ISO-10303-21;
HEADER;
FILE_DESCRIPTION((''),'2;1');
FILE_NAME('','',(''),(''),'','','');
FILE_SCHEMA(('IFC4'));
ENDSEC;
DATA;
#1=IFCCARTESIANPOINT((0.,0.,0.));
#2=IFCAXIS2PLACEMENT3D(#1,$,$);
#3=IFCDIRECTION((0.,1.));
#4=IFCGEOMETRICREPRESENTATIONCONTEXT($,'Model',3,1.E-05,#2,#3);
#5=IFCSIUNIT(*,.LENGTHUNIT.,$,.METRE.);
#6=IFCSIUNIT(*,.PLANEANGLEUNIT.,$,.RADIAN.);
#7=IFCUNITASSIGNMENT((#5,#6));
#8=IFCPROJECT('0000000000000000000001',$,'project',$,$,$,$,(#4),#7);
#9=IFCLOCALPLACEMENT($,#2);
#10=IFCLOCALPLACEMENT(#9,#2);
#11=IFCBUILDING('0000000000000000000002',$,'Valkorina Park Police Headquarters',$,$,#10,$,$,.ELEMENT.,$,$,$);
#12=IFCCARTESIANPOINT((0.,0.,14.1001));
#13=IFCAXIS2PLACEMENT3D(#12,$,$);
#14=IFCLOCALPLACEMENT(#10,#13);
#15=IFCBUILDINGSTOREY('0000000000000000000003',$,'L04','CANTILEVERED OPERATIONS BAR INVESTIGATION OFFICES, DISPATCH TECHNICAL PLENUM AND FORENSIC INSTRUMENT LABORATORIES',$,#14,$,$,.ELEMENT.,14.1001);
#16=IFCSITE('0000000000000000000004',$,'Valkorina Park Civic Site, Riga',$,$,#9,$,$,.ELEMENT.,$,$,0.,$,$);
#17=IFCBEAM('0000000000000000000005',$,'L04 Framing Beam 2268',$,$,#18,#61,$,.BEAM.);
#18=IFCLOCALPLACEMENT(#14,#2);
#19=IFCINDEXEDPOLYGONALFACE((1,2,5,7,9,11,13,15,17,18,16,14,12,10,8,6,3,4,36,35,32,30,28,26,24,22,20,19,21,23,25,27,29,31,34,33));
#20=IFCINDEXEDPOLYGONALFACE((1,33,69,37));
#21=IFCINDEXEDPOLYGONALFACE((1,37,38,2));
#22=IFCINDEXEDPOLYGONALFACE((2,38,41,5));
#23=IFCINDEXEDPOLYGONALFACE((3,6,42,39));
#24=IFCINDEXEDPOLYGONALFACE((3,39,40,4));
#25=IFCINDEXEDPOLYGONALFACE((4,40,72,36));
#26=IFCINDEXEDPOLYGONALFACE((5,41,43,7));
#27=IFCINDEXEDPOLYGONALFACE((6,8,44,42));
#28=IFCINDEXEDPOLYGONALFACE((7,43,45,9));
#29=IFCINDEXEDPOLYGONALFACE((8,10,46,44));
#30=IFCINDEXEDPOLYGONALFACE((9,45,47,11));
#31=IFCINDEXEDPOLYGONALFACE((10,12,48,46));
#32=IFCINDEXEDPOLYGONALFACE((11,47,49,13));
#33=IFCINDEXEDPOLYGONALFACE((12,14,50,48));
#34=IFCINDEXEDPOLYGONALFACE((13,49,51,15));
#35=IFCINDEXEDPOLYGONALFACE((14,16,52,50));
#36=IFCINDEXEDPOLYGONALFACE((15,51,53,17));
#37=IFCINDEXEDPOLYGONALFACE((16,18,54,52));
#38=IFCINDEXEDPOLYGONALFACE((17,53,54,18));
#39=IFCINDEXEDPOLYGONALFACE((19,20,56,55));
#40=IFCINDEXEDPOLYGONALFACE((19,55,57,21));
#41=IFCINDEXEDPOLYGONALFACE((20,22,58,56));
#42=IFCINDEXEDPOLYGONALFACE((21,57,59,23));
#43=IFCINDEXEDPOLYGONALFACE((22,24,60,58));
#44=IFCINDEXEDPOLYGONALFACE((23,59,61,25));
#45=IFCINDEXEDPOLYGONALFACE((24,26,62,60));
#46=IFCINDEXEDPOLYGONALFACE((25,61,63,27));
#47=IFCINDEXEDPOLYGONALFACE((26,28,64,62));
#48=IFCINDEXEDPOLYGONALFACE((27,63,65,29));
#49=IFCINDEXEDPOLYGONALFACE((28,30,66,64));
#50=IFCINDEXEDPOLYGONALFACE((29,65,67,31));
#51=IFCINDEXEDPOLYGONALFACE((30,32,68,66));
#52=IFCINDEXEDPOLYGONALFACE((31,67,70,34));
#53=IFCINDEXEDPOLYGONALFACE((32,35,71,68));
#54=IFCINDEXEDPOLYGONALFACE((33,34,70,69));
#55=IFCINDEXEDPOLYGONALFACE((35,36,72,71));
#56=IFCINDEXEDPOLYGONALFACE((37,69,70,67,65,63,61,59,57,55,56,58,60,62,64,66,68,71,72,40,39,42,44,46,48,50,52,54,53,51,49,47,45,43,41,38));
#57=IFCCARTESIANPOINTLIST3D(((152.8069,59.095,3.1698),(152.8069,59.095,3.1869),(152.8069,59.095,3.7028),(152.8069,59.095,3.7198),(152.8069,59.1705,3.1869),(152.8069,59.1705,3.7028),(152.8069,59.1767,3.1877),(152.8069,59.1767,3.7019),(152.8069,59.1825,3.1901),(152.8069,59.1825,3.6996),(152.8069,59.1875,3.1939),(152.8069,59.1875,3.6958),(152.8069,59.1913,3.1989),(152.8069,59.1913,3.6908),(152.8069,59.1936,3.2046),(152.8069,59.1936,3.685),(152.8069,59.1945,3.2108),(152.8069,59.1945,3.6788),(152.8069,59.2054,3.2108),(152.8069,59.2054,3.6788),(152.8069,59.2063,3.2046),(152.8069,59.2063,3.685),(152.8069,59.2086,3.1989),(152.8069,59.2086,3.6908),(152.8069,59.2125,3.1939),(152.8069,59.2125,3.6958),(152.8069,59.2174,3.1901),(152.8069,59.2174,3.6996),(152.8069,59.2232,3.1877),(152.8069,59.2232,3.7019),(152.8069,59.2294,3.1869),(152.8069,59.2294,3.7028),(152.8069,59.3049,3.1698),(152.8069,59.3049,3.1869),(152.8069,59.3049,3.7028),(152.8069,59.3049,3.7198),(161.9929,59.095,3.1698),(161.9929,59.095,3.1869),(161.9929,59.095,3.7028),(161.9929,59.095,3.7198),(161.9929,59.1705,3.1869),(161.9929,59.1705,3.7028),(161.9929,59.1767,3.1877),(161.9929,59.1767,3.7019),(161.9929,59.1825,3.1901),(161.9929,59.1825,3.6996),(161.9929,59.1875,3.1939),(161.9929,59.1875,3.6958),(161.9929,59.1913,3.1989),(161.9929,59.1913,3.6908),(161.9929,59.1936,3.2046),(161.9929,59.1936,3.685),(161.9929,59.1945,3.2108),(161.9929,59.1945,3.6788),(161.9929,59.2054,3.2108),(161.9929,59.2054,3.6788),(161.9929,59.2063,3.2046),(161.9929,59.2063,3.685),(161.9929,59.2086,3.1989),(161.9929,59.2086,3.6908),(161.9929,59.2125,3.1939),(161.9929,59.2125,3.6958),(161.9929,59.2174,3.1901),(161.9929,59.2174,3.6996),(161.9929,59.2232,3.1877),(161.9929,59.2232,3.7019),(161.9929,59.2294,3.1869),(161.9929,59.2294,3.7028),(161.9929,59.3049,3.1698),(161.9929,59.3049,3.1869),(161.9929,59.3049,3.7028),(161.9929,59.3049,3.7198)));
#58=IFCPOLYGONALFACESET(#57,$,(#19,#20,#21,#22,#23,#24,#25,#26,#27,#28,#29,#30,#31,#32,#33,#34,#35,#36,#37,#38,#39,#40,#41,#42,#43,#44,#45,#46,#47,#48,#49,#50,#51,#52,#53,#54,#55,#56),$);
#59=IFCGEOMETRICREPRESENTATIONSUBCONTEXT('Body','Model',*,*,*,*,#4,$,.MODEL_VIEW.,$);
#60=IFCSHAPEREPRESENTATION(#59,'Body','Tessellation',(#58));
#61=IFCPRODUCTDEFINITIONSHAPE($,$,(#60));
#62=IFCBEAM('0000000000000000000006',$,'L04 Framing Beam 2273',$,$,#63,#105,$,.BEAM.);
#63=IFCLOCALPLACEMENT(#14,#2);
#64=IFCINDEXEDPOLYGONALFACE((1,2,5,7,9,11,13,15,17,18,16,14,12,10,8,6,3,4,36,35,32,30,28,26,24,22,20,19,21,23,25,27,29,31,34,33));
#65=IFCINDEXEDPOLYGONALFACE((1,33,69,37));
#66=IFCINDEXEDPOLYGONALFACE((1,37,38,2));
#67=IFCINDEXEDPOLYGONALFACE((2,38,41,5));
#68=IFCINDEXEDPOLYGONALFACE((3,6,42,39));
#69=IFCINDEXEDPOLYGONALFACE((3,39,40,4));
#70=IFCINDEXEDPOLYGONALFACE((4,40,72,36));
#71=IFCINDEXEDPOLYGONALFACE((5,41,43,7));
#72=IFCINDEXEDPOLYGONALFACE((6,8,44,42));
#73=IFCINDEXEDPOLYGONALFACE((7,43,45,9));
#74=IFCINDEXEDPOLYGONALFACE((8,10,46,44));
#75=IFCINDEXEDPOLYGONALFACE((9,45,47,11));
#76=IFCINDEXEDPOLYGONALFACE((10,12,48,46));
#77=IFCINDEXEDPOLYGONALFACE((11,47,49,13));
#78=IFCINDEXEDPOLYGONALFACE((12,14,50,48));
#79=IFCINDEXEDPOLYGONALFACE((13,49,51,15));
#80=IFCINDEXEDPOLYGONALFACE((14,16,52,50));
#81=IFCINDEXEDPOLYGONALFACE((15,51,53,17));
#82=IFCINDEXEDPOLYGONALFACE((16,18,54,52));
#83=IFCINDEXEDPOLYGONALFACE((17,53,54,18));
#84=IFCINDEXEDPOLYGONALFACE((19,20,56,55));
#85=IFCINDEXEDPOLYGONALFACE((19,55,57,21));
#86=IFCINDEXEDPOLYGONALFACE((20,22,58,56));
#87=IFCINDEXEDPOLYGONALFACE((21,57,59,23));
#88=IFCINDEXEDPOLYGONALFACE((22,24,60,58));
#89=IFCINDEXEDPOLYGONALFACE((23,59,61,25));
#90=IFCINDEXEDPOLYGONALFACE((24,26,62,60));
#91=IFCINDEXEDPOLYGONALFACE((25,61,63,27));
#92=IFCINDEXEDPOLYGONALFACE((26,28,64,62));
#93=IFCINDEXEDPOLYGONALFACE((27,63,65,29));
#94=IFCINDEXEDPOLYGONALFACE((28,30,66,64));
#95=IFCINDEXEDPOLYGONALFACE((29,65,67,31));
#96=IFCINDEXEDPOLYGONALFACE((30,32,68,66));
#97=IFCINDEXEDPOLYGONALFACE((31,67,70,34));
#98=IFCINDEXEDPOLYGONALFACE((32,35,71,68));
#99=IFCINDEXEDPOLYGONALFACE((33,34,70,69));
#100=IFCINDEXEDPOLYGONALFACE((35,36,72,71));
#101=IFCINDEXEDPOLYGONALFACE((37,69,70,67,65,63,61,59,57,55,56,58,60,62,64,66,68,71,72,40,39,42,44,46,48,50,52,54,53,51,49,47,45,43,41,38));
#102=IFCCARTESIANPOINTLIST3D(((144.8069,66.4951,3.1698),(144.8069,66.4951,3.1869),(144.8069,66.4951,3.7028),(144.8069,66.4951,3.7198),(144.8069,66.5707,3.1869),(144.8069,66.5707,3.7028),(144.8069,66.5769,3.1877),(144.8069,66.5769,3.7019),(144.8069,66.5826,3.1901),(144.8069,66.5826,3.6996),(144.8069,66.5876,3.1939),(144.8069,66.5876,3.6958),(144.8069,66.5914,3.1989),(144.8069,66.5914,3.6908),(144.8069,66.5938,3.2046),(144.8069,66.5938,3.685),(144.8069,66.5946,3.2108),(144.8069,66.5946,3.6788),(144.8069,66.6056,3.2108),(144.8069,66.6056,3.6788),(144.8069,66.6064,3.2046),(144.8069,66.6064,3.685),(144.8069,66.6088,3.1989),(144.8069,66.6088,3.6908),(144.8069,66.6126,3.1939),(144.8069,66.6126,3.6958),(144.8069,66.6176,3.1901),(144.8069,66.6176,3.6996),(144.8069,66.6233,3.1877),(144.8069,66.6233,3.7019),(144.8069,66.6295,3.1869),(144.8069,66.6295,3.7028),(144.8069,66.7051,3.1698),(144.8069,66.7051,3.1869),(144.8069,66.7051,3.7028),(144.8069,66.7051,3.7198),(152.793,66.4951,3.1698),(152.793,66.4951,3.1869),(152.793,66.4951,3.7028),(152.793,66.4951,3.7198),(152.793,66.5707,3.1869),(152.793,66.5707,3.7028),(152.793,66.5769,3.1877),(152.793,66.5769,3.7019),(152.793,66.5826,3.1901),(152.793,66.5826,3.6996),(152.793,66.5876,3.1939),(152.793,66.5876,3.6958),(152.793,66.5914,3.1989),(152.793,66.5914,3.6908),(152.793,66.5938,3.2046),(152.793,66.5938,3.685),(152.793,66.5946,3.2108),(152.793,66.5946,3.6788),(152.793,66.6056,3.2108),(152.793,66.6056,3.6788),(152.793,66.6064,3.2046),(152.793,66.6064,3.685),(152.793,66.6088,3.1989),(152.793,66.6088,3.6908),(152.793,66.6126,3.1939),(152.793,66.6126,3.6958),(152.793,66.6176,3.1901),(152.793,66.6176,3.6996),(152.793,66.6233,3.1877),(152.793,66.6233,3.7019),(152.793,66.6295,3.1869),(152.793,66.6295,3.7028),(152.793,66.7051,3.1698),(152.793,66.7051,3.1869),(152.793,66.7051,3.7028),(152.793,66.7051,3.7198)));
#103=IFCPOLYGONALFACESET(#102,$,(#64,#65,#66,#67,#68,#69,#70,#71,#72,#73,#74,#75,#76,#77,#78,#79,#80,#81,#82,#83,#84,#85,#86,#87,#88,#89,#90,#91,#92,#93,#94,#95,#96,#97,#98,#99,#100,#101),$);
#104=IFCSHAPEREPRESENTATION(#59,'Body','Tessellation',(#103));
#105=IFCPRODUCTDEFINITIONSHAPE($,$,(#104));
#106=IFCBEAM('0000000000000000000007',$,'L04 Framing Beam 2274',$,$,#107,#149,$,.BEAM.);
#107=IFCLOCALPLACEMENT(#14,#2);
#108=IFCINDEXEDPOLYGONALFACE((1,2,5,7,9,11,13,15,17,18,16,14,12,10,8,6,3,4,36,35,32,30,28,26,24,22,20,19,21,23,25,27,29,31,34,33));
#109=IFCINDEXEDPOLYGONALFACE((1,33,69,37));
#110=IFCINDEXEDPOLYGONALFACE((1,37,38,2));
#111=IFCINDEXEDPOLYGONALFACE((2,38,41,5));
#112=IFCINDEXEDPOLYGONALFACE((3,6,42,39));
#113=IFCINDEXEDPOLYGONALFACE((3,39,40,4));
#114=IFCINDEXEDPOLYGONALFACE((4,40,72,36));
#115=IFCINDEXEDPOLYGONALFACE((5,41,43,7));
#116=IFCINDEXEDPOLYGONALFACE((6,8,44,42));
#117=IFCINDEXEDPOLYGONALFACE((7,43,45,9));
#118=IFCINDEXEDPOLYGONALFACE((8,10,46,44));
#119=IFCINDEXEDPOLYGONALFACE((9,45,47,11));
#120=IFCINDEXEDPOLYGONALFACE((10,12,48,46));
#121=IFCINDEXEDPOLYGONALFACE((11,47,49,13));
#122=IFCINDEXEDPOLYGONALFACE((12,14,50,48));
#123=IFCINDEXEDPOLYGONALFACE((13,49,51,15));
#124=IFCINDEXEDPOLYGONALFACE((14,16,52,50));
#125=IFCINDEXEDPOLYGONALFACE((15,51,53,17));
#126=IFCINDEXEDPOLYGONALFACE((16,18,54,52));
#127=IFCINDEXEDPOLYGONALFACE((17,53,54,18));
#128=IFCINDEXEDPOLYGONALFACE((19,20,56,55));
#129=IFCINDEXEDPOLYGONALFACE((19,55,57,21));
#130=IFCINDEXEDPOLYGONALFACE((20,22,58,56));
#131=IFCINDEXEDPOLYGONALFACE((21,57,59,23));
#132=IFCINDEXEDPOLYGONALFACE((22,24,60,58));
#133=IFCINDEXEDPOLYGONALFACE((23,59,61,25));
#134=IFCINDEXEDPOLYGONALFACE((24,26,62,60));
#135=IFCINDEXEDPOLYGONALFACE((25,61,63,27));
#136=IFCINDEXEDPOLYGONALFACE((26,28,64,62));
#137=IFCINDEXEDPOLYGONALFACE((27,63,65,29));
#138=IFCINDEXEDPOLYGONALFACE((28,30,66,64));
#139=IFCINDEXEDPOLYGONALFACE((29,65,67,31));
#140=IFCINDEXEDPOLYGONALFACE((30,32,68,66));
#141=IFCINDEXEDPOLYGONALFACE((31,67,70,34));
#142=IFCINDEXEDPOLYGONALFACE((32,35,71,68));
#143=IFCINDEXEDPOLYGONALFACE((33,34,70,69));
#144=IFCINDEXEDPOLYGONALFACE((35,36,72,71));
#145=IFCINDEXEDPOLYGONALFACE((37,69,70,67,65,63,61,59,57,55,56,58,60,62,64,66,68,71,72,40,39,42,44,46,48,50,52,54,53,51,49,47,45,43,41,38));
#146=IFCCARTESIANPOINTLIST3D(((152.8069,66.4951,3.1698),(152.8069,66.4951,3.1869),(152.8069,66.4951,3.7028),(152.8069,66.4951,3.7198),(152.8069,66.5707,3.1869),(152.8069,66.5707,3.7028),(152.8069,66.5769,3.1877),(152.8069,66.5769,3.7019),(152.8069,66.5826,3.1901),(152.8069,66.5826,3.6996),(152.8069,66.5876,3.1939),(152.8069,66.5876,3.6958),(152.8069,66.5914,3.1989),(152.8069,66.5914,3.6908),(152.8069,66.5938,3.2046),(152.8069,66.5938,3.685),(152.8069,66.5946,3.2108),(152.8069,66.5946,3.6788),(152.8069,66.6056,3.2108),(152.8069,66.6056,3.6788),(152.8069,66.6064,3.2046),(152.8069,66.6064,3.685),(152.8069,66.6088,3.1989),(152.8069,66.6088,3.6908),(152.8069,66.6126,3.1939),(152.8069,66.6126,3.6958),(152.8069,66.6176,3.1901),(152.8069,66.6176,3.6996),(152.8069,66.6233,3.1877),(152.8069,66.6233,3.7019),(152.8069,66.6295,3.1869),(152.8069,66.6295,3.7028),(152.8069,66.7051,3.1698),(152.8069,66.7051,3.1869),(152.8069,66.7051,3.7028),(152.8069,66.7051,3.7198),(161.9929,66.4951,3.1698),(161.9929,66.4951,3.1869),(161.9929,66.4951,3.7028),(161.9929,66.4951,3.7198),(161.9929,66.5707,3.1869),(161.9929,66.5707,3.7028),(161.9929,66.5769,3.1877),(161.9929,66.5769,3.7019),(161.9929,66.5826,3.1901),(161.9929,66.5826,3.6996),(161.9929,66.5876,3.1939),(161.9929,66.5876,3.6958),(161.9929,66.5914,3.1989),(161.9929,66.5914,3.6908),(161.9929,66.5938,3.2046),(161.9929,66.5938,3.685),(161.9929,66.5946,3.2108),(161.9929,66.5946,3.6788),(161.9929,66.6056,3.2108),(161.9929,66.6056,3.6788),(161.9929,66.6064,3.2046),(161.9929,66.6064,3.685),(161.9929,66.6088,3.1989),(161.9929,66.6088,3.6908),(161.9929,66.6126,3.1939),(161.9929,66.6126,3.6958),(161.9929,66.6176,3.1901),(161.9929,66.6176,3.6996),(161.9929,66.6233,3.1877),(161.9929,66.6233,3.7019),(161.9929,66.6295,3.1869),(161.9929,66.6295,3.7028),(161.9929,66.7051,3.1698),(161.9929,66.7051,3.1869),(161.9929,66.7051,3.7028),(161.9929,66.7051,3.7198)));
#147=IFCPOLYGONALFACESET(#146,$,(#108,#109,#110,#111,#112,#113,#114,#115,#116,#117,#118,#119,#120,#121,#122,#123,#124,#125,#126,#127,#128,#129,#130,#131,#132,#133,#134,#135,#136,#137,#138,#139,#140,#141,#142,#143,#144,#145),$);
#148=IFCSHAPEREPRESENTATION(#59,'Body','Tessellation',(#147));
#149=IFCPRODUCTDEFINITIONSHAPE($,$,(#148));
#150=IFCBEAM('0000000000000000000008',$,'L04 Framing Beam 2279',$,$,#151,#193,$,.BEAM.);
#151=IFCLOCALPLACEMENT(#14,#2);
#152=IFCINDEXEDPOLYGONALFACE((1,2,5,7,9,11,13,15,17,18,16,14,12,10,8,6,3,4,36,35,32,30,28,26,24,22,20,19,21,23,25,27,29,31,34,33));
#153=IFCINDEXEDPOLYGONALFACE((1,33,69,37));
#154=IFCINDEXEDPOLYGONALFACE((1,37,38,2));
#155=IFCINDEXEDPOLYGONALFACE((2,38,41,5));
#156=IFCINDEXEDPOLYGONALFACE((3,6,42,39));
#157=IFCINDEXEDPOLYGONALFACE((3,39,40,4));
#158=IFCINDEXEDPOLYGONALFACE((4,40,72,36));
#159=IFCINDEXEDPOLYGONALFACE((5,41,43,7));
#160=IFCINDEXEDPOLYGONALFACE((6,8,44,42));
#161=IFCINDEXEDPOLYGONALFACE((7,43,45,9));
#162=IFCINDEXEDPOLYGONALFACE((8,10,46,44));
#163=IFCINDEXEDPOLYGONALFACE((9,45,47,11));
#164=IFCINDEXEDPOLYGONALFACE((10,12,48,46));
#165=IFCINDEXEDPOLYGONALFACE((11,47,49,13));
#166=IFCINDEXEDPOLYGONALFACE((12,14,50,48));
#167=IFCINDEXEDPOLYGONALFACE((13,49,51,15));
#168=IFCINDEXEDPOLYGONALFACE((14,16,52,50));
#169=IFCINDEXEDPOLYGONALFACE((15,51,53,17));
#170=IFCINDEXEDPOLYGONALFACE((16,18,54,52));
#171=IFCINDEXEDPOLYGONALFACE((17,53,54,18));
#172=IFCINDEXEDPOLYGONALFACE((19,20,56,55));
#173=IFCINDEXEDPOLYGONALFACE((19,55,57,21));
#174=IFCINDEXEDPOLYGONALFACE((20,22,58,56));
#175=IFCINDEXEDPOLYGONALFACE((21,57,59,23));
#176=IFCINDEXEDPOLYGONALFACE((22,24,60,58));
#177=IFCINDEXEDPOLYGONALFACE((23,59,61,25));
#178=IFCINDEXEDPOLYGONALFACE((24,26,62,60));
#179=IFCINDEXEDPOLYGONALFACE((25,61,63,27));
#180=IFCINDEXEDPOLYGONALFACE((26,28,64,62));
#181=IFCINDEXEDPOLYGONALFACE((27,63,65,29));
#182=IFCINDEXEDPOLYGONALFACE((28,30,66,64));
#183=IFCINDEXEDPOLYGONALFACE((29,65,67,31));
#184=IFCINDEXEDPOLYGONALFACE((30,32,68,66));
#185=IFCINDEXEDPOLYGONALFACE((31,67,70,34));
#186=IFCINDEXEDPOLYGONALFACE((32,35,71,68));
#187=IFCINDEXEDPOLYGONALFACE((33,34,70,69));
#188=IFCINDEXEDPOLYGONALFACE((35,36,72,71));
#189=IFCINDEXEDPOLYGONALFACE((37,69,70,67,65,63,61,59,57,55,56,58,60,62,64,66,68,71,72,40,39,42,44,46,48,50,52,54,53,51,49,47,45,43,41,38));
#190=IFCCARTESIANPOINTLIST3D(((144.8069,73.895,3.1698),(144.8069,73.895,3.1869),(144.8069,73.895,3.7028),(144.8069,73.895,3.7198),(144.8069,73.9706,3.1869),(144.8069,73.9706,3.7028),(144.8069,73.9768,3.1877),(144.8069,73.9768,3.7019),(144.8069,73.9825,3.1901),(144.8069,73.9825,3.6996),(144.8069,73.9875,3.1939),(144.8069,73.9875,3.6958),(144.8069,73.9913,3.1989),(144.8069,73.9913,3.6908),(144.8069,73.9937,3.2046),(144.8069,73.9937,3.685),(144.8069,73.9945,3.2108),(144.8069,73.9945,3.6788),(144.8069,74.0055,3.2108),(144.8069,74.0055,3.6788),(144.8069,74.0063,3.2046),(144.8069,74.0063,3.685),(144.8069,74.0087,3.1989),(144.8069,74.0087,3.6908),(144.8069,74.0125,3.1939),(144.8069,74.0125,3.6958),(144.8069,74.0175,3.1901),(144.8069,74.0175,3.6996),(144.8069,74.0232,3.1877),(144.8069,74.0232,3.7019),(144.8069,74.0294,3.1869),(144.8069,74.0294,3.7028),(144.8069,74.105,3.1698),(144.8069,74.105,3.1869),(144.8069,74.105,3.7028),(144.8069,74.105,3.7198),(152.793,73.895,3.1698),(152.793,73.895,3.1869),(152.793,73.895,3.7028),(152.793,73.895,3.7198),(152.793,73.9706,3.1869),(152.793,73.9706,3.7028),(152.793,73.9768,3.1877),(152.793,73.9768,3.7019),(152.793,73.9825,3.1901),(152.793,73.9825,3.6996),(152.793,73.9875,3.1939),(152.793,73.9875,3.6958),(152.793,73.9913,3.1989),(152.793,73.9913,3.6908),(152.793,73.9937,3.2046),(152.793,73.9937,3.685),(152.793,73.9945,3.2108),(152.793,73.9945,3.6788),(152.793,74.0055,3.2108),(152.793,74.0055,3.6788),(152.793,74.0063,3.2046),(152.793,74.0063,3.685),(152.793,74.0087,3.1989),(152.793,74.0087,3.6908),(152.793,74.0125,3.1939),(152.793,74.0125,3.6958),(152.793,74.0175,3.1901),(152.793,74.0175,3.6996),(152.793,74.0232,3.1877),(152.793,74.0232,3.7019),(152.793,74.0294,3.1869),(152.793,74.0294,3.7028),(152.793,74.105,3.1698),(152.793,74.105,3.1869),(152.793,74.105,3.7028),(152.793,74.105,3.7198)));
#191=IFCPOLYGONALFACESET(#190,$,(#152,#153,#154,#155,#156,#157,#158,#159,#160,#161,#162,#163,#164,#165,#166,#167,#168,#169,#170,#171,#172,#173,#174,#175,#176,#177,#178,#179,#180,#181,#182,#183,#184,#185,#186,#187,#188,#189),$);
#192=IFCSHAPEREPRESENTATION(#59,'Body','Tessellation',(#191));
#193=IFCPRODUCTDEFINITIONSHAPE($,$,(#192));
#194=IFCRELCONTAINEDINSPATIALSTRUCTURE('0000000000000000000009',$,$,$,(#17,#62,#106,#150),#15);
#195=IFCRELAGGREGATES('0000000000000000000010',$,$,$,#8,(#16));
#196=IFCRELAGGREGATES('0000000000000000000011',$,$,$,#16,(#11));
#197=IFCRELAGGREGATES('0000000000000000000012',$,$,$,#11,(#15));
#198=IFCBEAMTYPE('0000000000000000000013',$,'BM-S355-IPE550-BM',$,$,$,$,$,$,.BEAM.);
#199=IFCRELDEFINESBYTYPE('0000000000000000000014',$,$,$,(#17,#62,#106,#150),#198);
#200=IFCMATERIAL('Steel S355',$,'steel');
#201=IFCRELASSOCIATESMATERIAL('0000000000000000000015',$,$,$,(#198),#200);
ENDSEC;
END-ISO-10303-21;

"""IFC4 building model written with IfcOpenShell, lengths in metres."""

from ifc_helpers import new_model, si_unit, direction, frame, origin, origin_2d, place, context, subcontext, project, spatial, i_section, extrude, material, material_profile, profile_set, type_object, element, save


model = new_model("IFC4")

# Units and contexts
model_context = context("Model", 3, precision=1e-05, world=origin(), true_north=direction((0.0, 1.0)))
body_context = subcontext(model_context, "Body", "Model", "MODEL_VIEW")
ifc_project = project(units=[si_unit("LENGTHUNIT", "METRE"), si_unit("PLANEANGLEUNIT", "RADIAN")], contexts=[model_context])

# Site, building, storey
site_placement = place(None, origin())
site = spatial("IfcSite", under=ifc_project, at=site_placement, Name="Valkorina Park Civic Site, Riga", CompositionType="ELEMENT", RefElevation=0.0)
building_placement = place(site_placement, origin())
building = spatial("IfcBuilding", under=site, at=building_placement, Name="Valkorina Park Police Headquarters", CompositionType="ELEMENT")
storey_placement = place(building_placement, frame((0.0, 0.0, 14.1001)))
storey = spatial("IfcBuildingStorey", under=building, at=storey_placement, Name="L04", Description="CANTILEVERED OPERATIONS BAR INVESTIGATION OFFICES, DISPATCH TECHNICAL PLENUM AND FORENSIC INSTRUMENT LABORATORIES", CompositionType="ELEMENT", Elevation=14.1001)

# Shared definitions
ifc_material = material(Name="Steel S355", Category="steel")

# Beams
ifc_material_profile_1 = material_profile(ifc_material, i_section(OverallWidth=0.21, OverallDepth=0.55, WebThickness=0.011, FlangeThickness=0.0171, FilletRadius=0.0239, at=origin_2d()), Name="IPE 550")
ifc_profile_set_1 = profile_set([ifc_material_profile_1], Name="Steel S355")
beam_type_1 = type_object("IfcBeamType", Name="BM-S355-IPE550-BM", PredefinedType="BEAM", material=ifc_profile_set_1)
beam_1_placement = place(storey_placement, frame((152.8069, 59.2, 3.4448), z_axis=(1.0, 0.0, 0.0), x_axis=(0.0, 1.0, 0.0)))
element("IfcBeam", 1, at=beam_1_placement, inside=storey, type_object=beam_type_1, Name="L04 Framing Beam 2268", PredefinedType="BEAM", context=body_context, shape_type="SweptSolid", body=[
    extrude(i_section(OverallWidth=0.21, OverallDepth=0.55, WebThickness=0.011, FlangeThickness=0.0171, FilletRadius=0.0239, at=origin_2d()), origin(), (0.0, 0.0, 1.0), 9.186),
])
beam_2_placement = place(storey_placement, frame((144.8069, 66.6001, 3.4448), z_axis=(1.0, 0.0, 0.0), x_axis=(0.0, 1.0, 0.0)))
element("IfcBeam", 2, at=beam_2_placement, inside=storey, type_object=beam_type_1, Name="L04 Framing Beam 2273", PredefinedType="BEAM", context=body_context, shape_type="SweptSolid", body=[
    extrude(i_section(OverallWidth=0.21, OverallDepth=0.55, WebThickness=0.011, FlangeThickness=0.0171, FilletRadius=0.0239, at=origin_2d()), origin(), (0.0, 0.0, 1.0), 7.9861),
])
beam_3_placement = place(storey_placement, frame((152.8069, 66.6001, 3.4448), z_axis=(1.0, 0.0, 0.0), x_axis=(0.0, 1.0, 0.0)))
element("IfcBeam", 3, at=beam_3_placement, inside=storey, type_object=beam_type_1, Name="L04 Framing Beam 2274", PredefinedType="BEAM", context=body_context, shape_type="SweptSolid", body=[
    extrude(i_section(OverallWidth=0.21, OverallDepth=0.55, WebThickness=0.011, FlangeThickness=0.0171, FilletRadius=0.0239, at=origin_2d()), origin(), (0.0, 0.0, 1.0), 9.186),
])
beam_4_placement = place(storey_placement, frame((144.8069, 74.0, 3.4448), z_axis=(1.0, 0.0, 0.0), x_axis=(0.0, 1.0, 0.0)))
element("IfcBeam", 4, at=beam_4_placement, inside=storey, type_object=beam_type_1, Name="L04 Framing Beam 2279", PredefinedType="BEAM", context=body_context, shape_type="SweptSolid", body=[
    extrude(i_section(OverallWidth=0.21, OverallDepth=0.55, WebThickness=0.011, FlangeThickness=0.0171, FilletRadius=0.0239, at=origin_2d()), origin(), (0.0, 0.0, 1.0), 7.9861),
])

save(model, "model.ifc")
